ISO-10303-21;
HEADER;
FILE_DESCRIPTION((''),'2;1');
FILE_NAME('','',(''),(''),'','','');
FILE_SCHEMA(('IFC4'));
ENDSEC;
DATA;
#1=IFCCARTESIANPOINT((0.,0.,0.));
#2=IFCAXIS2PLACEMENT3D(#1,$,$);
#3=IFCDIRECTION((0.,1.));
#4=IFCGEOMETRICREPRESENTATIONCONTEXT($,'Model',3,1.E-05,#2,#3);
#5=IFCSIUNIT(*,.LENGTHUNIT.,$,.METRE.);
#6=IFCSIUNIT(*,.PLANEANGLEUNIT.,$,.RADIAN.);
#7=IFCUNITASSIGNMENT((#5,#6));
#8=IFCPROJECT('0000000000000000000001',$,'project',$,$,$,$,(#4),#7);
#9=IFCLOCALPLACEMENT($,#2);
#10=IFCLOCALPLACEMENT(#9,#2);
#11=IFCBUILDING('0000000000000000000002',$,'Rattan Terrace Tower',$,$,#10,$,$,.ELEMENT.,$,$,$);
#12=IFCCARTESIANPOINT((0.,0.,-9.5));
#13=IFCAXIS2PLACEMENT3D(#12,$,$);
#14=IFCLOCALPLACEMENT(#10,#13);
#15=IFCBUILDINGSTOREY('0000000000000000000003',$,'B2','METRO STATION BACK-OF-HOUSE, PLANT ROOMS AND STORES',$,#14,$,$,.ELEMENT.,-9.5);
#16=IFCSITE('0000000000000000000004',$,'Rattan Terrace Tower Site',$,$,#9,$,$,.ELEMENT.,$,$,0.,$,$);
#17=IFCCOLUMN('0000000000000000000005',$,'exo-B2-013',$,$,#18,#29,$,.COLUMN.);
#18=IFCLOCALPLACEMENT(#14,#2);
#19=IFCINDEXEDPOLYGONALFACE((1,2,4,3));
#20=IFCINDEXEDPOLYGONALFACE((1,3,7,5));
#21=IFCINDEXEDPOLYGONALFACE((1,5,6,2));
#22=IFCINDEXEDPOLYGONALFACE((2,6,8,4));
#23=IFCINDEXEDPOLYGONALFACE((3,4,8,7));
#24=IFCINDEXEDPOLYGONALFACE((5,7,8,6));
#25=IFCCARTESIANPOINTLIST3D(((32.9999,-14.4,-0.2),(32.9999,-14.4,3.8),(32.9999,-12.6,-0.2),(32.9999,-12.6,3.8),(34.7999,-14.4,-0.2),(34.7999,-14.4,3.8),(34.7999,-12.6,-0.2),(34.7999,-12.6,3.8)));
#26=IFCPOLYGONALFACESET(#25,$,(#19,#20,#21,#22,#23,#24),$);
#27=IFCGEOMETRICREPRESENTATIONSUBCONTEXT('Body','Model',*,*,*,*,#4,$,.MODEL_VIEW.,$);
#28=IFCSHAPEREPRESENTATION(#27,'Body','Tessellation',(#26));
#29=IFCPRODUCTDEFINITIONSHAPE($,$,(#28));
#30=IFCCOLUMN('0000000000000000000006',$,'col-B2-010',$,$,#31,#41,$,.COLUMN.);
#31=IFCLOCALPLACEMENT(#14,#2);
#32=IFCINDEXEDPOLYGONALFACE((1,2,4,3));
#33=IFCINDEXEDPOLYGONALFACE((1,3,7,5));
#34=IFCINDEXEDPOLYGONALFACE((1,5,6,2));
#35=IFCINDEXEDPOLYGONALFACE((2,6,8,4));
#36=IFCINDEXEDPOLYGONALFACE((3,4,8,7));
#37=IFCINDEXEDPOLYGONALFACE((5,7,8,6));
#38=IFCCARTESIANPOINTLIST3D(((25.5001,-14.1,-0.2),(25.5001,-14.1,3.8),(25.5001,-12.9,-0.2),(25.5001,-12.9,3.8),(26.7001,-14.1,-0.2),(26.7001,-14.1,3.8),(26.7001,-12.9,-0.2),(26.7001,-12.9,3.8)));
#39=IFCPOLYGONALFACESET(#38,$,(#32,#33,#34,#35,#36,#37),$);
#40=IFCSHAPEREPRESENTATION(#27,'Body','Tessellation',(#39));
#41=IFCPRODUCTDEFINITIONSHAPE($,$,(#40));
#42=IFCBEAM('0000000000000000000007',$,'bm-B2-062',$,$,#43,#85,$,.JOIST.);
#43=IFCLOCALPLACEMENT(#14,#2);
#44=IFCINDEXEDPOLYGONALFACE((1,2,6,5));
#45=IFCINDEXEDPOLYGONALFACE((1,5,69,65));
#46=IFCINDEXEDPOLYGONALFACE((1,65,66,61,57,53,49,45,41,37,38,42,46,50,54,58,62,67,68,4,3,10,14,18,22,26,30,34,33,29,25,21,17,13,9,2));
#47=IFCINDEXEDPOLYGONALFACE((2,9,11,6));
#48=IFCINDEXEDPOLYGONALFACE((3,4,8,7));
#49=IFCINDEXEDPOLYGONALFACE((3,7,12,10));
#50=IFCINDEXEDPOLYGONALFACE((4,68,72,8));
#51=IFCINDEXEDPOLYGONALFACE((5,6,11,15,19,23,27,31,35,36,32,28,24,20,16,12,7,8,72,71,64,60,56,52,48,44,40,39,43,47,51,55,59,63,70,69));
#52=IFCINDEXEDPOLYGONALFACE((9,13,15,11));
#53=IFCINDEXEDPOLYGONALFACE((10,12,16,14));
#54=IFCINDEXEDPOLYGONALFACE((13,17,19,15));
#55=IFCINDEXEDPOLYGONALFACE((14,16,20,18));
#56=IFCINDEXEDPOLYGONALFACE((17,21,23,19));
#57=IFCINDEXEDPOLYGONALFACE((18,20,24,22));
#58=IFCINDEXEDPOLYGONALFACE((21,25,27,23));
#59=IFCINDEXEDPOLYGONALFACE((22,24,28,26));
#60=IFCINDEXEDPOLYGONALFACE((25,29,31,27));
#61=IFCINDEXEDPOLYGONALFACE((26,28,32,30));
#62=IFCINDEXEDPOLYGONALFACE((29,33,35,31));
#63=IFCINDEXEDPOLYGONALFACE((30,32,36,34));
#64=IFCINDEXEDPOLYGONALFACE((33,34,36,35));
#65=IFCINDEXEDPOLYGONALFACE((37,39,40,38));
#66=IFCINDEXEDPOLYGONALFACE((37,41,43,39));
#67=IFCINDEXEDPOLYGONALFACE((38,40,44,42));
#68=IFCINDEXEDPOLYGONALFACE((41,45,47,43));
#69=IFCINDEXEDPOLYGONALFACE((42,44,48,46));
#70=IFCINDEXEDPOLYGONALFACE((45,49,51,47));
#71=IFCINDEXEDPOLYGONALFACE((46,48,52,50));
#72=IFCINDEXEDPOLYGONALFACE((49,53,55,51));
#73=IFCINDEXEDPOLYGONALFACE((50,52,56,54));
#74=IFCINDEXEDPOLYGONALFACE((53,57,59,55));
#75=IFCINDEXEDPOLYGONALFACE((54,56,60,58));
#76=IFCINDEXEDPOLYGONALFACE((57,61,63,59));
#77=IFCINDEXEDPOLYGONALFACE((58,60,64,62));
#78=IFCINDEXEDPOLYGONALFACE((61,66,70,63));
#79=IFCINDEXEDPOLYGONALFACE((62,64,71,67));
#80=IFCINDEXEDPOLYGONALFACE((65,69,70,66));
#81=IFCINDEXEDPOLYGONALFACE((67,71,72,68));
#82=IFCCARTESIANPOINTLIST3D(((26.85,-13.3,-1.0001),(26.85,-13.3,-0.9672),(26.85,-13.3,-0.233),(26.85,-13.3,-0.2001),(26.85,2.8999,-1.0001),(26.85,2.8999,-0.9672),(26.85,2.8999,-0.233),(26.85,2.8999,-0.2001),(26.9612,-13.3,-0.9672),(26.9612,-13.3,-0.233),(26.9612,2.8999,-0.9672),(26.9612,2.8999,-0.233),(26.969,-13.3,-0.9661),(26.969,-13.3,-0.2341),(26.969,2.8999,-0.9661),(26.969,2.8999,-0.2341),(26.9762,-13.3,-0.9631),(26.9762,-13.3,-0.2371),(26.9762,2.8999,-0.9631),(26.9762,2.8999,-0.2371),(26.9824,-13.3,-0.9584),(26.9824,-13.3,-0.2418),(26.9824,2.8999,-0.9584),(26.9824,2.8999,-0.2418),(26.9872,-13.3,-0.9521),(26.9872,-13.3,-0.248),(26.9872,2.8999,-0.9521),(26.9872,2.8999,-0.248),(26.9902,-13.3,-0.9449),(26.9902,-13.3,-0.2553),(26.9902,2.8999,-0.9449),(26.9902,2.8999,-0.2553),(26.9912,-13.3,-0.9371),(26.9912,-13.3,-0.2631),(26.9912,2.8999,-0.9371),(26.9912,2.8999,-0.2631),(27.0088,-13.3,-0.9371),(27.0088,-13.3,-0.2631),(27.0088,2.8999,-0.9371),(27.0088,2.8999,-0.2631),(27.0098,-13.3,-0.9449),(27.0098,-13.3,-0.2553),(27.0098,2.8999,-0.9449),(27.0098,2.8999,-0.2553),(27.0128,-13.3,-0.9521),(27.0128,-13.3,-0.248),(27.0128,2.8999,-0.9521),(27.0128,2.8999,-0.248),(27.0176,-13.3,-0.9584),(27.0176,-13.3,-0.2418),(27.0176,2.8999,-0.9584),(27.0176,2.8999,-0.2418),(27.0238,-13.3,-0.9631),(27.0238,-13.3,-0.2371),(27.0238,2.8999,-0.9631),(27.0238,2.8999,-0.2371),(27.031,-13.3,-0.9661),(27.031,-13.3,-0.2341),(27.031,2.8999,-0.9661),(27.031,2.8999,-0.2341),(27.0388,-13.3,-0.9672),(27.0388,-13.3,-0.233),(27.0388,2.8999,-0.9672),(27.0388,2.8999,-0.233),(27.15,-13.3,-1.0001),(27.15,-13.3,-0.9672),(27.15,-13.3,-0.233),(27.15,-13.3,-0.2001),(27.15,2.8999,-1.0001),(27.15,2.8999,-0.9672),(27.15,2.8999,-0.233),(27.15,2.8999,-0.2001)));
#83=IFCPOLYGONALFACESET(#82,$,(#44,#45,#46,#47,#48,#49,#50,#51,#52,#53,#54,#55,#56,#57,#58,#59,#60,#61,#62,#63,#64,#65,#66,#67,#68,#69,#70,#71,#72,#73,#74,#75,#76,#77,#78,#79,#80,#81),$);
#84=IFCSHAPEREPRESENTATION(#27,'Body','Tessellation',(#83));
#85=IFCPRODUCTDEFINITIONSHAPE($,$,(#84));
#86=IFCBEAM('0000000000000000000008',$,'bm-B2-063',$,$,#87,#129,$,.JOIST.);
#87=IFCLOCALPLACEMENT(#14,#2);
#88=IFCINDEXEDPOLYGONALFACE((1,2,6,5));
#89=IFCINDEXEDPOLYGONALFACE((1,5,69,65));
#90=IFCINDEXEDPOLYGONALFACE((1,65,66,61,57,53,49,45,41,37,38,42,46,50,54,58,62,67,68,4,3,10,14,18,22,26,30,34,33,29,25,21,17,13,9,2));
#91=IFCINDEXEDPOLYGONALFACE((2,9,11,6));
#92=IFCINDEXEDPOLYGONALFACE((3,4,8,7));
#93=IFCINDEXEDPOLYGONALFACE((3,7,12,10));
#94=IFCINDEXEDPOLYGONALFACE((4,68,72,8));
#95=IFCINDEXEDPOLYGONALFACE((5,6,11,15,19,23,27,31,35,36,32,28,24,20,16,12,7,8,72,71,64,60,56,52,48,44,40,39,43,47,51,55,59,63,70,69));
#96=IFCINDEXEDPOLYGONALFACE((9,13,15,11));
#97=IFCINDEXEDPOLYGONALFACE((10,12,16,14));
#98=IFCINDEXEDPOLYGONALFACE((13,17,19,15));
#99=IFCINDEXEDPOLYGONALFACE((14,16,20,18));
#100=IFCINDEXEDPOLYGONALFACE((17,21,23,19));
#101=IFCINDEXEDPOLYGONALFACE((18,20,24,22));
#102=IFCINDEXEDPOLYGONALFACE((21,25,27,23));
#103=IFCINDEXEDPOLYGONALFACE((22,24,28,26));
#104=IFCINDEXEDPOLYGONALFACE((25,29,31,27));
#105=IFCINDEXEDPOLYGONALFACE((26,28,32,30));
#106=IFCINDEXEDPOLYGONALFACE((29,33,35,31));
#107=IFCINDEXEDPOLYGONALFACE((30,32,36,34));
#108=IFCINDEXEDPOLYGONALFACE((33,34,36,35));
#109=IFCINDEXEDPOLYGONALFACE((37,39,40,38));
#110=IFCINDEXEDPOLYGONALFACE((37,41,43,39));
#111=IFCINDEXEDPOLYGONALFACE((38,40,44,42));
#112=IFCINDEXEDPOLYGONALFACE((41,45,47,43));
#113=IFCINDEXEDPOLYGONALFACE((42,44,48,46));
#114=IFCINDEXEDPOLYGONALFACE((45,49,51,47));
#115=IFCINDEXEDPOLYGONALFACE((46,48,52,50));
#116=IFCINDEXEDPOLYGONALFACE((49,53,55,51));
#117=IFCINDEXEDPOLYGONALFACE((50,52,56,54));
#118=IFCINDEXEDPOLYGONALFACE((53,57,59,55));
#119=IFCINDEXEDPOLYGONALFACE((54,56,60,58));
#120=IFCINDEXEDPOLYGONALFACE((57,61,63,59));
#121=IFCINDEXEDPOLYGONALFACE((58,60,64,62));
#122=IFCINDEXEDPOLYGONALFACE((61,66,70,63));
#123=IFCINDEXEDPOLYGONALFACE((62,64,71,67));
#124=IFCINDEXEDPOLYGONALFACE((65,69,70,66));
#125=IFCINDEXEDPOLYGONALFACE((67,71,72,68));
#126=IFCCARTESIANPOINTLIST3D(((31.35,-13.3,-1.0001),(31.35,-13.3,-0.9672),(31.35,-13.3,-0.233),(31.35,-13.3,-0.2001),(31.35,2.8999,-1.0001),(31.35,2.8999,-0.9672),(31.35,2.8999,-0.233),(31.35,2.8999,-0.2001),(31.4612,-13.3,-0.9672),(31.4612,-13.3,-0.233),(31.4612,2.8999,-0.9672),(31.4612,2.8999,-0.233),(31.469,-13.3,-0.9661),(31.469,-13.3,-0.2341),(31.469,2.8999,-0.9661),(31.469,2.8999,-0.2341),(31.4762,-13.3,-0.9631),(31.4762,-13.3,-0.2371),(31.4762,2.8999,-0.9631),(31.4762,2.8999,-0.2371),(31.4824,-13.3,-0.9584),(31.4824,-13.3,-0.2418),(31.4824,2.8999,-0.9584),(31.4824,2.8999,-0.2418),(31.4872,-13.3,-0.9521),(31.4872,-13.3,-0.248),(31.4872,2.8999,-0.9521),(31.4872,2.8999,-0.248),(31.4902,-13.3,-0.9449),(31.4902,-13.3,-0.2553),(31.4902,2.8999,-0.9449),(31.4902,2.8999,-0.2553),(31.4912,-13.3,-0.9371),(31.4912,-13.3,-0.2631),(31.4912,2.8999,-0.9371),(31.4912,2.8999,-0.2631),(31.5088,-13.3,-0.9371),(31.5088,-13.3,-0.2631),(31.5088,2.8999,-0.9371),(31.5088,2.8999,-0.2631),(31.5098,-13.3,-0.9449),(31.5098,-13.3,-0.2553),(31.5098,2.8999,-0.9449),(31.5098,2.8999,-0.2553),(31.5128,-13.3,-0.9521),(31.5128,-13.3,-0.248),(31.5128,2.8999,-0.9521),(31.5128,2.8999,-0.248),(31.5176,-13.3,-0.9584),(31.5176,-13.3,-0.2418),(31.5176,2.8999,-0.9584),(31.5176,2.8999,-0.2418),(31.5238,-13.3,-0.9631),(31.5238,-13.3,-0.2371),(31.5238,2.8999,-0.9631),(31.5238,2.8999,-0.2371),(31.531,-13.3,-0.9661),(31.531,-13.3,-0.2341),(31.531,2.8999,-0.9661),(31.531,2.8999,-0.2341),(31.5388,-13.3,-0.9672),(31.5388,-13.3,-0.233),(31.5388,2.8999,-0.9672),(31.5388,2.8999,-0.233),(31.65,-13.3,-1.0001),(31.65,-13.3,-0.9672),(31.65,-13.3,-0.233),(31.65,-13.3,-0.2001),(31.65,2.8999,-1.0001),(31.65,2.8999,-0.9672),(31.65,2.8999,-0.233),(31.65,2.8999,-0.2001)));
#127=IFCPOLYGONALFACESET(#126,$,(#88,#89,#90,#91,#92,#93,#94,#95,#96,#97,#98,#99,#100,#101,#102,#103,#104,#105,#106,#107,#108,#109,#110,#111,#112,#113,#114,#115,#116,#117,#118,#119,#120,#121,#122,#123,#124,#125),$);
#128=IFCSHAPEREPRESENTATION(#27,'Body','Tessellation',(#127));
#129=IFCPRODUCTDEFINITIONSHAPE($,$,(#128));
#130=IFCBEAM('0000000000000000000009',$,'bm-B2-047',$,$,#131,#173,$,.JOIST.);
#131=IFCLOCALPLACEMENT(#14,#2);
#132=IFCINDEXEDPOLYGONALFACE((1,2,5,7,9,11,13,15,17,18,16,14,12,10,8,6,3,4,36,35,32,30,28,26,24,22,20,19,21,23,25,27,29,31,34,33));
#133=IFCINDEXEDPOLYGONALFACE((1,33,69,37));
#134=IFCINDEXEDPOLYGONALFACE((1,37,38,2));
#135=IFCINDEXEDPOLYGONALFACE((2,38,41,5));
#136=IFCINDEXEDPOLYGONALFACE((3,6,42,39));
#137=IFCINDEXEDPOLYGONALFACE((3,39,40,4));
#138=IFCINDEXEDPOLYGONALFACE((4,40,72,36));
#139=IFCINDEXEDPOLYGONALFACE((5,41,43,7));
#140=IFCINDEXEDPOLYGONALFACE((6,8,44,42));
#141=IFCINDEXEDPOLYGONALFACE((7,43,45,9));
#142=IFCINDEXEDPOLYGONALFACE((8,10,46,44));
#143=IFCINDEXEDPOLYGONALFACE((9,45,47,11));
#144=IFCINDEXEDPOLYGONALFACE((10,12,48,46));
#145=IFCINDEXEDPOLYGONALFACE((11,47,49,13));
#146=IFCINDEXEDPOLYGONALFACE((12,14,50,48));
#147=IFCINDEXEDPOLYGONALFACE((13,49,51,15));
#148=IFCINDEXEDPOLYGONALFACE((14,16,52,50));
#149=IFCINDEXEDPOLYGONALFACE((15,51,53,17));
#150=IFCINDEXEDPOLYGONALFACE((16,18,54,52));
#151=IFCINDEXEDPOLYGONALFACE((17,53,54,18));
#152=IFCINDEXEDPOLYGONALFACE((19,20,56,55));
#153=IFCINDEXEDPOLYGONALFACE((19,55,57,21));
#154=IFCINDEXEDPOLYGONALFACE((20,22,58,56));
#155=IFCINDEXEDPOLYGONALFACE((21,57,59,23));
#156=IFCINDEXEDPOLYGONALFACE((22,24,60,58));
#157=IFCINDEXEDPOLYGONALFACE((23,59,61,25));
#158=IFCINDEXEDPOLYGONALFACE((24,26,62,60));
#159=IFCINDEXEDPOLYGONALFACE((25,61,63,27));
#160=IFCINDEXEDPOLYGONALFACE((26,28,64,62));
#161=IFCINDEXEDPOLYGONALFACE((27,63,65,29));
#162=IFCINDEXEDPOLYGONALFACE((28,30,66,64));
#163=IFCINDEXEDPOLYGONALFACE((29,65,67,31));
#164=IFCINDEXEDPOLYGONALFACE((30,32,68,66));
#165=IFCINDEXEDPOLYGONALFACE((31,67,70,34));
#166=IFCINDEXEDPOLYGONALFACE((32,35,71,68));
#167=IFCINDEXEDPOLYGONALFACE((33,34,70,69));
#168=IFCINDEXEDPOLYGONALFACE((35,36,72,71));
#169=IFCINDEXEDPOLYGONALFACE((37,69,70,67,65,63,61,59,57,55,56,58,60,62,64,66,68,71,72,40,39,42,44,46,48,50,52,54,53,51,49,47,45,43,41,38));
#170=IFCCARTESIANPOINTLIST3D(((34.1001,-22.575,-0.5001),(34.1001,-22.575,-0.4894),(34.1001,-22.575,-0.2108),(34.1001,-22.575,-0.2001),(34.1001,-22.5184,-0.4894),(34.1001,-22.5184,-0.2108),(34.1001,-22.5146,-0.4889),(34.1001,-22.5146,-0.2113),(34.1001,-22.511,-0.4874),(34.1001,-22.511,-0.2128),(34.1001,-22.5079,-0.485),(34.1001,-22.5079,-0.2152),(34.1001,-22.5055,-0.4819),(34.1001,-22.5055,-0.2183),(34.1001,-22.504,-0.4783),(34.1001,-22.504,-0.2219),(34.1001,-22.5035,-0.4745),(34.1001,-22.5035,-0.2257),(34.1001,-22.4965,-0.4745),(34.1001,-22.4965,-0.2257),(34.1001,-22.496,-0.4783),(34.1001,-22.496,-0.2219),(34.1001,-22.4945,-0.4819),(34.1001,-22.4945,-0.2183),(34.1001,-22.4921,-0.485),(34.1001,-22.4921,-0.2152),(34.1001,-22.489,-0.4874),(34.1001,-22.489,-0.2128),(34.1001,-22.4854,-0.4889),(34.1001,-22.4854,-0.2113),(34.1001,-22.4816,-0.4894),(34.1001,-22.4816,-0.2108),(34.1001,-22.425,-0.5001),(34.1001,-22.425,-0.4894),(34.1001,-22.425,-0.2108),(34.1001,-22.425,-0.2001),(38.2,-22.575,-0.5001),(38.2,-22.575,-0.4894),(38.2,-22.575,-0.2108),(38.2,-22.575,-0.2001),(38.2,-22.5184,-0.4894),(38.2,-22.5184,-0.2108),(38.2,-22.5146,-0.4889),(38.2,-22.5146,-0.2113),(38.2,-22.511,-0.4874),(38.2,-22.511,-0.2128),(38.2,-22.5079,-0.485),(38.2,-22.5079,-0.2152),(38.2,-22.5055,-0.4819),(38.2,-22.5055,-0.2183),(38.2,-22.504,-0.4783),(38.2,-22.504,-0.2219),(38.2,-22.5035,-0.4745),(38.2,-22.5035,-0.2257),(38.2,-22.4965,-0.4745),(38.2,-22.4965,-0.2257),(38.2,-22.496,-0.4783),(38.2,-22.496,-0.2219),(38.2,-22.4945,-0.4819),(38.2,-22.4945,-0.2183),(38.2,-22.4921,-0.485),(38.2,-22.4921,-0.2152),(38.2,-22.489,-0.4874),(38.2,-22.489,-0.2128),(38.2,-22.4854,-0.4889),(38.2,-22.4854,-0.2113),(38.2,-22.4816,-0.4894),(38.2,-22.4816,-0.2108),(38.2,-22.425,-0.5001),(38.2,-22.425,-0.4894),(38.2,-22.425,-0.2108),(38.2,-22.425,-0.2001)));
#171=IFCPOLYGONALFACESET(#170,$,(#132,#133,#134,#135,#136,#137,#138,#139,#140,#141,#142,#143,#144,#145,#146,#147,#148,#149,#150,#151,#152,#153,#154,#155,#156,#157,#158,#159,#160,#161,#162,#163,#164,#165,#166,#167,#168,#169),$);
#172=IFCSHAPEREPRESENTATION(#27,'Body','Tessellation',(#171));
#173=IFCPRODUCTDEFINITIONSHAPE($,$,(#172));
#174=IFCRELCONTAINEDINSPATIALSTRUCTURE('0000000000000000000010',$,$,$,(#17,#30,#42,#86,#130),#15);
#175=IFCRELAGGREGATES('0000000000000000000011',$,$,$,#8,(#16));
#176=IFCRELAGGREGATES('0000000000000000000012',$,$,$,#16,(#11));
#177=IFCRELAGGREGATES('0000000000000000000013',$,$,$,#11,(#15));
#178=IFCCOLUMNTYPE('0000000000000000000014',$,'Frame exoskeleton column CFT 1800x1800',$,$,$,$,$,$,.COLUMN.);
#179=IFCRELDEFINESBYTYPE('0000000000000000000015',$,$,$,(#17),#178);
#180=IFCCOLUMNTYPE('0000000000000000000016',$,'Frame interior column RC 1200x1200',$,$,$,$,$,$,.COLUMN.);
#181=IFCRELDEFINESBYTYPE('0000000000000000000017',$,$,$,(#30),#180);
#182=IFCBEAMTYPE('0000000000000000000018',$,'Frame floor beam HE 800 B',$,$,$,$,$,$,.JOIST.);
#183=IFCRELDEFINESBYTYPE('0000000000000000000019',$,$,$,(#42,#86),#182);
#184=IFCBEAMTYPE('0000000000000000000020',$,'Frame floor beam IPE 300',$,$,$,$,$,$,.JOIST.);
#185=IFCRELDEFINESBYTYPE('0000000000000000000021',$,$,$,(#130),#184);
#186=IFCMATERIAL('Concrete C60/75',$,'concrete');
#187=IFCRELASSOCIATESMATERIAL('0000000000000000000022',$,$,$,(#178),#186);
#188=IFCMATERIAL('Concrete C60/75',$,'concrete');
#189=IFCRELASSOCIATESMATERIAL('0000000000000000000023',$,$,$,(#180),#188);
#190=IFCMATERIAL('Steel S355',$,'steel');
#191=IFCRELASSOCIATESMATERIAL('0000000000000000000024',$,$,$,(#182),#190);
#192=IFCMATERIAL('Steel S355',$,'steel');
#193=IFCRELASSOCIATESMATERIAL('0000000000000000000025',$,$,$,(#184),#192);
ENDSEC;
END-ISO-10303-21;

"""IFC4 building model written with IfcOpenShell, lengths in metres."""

from ifc_helpers import new_model, si_unit, direction, frame, origin, origin_2d, place, context, subcontext, project, spatial, rectangle, i_section, extrude, material, material_profile, profile_set, type_object, element, save


model = new_model("IFC4")

# Units and contexts
model_context = context("Model", 3, precision=1e-05, world=origin(), true_north=direction((0.0, 1.0)))
body_context = subcontext(model_context, "Body", "Model", "MODEL_VIEW")
ifc_project = project(units=[si_unit("LENGTHUNIT", "METRE"), si_unit("PLANEANGLEUNIT", "RADIAN")], contexts=[model_context])

# Site, building, storey
site_placement = place(None, origin())
site = spatial("IfcSite", under=ifc_project, at=site_placement, Name="Rattan Terrace Tower Site", CompositionType="ELEMENT", RefElevation=0.0)
building_placement = place(site_placement, origin())
building = spatial("IfcBuilding", under=site, at=building_placement, Name="Rattan Terrace Tower", CompositionType="ELEMENT")
storey_placement = place(building_placement, frame((0.0, 0.0, -9.5)))
storey = spatial("IfcBuildingStorey", under=building, at=storey_placement, Name="B2", Description="METRO STATION BACK-OF-HOUSE, PLANT ROOMS AND STORES", CompositionType="ELEMENT", Elevation=-9.5)

# Columns
ifc_material_1 = material(Name="Concrete C60/75", Category="concrete")
ifc_material_profile_1 = material_profile(ifc_material_1, rectangle(XDim=1.8, YDim=1.8, at=origin_2d()), Name="CFT 1800x1800")
ifc_profile_set_1 = profile_set([ifc_material_profile_1], Name="Concrete C60/75")
column_type_1 = type_object("IfcColumnType", Name="Frame exoskeleton column CFT 1800x1800", PredefinedType="COLUMN", material=ifc_profile_set_1)
column_1_placement = place(storey_placement, frame((33.8999, -13.5, -0.2), z_axis=(0.0, 0.0, 1.0), x_axis=(0.0, 1.0, 0.0)))
element("IfcColumn", 1, at=column_1_placement, inside=storey, type_object=column_type_1, Name="exo-B2-013", PredefinedType="COLUMN", context=body_context, shape_type="SweptSolid", body=[
    extrude(rectangle(XDim=1.8, YDim=1.8, at=origin_2d()), origin(), (0.0, 0.0, 1.0), 4.0),
])
ifc_material_2 = material(Name="Concrete C60/75", Category="concrete")
ifc_material_profile_2 = material_profile(ifc_material_2, rectangle(XDim=1.2, YDim=1.2, at=origin_2d()), Name="RC 1200x1200")
ifc_profile_set_2 = profile_set([ifc_material_profile_2], Name="Concrete C60/75")
column_type_2 = type_object("IfcColumnType", Name="Frame interior column RC 1200x1200", PredefinedType="COLUMN", material=ifc_profile_set_2)
column_2_placement = place(storey_placement, frame((26.1001, -13.5, -0.2), z_axis=(0.0, 0.0, 1.0), x_axis=(1.0, 0.0, 0.0)))
element("IfcColumn", 2, at=column_2_placement, inside=storey, type_object=column_type_2, Name="col-B2-010", PredefinedType="COLUMN", context=body_context, shape_type="SweptSolid", body=[
    extrude(rectangle(XDim=1.2, YDim=1.2, at=origin_2d()), origin(), (0.0, 0.0, 1.0), 4.0),
])

# Beams
ifc_material_3 = material(Name="Steel S355", Category="steel")
ifc_material_profile_3 = material_profile(ifc_material_3, i_section(OverallWidth=0.3, OverallDepth=0.8, WebThickness=0.0176, FlangeThickness=0.033, FilletRadius=0.03, at=origin_2d()), Name="HE 800 B")
ifc_profile_set_3 = profile_set([ifc_material_profile_3], Name="Steel S355")
beam_type_1 = type_object("IfcBeamType", Name="Frame floor beam HE 800 B", PredefinedType="JOIST", material=ifc_profile_set_3)
for number, where, z_axis, x_axis, name in (
    (3, (27.0, -13.3, -0.6001), (0.0, 1.0, 0.0), (-1.0, 0.0, 0.0), "bm-B2-062"),
    (4, (31.5, -13.3, -0.6001), (0.0, 1.0, 0.0), (-1.0, 0.0, 0.0), "bm-B2-063"),
):
    element("IfcBeam", number, at=place(storey_placement, frame(where, z_axis=z_axis, x_axis=x_axis)), inside=storey, type_object=beam_type_1, Name=name, PredefinedType="JOIST", context=body_context, shape_type="SweptSolid", body=[
        extrude(i_section(OverallWidth=0.3, OverallDepth=0.8, WebThickness=0.0176, FlangeThickness=0.033, FilletRadius=0.03, at=origin_2d()), origin(), (0.0, 0.0, 1.0), 16.2),
    ])
ifc_material_4 = material(Name="Steel S355", Category="steel")
ifc_material_profile_4 = material_profile(ifc_material_4, i_section(OverallWidth=0.1499, OverallDepth=0.3, WebThickness=0.0071, FlangeThickness=0.0107, FilletRadius=0.0149, at=origin_2d()), Name="IPE 300")
ifc_profile_set_4 = profile_set([ifc_material_profile_4], Name="Steel S355")
beam_type_2 = type_object("IfcBeamType", Name="Frame floor beam IPE 300", PredefinedType="JOIST", material=ifc_profile_set_4)
for number, where, z_axis, x_axis, name in (
    (5, (34.1001, -22.5, -0.3501), (1.0, 0.0, 0.0), (0.0, 1.0, 0.0), "bm-B2-047"),
):
    element("IfcBeam", number, at=place(storey_placement, frame(where, z_axis=z_axis, x_axis=x_axis)), inside=storey, type_object=beam_type_2, Name=name, PredefinedType="JOIST", context=body_context, shape_type="SweptSolid", body=[
        extrude(i_section(OverallWidth=0.1499, OverallDepth=0.3, WebThickness=0.0071, FlangeThickness=0.0107, FilletRadius=0.0149, at=origin_2d()), origin(), (0.0, 0.0, 1.0), 4.0999),
    ])

save(model, "model.ifc")
